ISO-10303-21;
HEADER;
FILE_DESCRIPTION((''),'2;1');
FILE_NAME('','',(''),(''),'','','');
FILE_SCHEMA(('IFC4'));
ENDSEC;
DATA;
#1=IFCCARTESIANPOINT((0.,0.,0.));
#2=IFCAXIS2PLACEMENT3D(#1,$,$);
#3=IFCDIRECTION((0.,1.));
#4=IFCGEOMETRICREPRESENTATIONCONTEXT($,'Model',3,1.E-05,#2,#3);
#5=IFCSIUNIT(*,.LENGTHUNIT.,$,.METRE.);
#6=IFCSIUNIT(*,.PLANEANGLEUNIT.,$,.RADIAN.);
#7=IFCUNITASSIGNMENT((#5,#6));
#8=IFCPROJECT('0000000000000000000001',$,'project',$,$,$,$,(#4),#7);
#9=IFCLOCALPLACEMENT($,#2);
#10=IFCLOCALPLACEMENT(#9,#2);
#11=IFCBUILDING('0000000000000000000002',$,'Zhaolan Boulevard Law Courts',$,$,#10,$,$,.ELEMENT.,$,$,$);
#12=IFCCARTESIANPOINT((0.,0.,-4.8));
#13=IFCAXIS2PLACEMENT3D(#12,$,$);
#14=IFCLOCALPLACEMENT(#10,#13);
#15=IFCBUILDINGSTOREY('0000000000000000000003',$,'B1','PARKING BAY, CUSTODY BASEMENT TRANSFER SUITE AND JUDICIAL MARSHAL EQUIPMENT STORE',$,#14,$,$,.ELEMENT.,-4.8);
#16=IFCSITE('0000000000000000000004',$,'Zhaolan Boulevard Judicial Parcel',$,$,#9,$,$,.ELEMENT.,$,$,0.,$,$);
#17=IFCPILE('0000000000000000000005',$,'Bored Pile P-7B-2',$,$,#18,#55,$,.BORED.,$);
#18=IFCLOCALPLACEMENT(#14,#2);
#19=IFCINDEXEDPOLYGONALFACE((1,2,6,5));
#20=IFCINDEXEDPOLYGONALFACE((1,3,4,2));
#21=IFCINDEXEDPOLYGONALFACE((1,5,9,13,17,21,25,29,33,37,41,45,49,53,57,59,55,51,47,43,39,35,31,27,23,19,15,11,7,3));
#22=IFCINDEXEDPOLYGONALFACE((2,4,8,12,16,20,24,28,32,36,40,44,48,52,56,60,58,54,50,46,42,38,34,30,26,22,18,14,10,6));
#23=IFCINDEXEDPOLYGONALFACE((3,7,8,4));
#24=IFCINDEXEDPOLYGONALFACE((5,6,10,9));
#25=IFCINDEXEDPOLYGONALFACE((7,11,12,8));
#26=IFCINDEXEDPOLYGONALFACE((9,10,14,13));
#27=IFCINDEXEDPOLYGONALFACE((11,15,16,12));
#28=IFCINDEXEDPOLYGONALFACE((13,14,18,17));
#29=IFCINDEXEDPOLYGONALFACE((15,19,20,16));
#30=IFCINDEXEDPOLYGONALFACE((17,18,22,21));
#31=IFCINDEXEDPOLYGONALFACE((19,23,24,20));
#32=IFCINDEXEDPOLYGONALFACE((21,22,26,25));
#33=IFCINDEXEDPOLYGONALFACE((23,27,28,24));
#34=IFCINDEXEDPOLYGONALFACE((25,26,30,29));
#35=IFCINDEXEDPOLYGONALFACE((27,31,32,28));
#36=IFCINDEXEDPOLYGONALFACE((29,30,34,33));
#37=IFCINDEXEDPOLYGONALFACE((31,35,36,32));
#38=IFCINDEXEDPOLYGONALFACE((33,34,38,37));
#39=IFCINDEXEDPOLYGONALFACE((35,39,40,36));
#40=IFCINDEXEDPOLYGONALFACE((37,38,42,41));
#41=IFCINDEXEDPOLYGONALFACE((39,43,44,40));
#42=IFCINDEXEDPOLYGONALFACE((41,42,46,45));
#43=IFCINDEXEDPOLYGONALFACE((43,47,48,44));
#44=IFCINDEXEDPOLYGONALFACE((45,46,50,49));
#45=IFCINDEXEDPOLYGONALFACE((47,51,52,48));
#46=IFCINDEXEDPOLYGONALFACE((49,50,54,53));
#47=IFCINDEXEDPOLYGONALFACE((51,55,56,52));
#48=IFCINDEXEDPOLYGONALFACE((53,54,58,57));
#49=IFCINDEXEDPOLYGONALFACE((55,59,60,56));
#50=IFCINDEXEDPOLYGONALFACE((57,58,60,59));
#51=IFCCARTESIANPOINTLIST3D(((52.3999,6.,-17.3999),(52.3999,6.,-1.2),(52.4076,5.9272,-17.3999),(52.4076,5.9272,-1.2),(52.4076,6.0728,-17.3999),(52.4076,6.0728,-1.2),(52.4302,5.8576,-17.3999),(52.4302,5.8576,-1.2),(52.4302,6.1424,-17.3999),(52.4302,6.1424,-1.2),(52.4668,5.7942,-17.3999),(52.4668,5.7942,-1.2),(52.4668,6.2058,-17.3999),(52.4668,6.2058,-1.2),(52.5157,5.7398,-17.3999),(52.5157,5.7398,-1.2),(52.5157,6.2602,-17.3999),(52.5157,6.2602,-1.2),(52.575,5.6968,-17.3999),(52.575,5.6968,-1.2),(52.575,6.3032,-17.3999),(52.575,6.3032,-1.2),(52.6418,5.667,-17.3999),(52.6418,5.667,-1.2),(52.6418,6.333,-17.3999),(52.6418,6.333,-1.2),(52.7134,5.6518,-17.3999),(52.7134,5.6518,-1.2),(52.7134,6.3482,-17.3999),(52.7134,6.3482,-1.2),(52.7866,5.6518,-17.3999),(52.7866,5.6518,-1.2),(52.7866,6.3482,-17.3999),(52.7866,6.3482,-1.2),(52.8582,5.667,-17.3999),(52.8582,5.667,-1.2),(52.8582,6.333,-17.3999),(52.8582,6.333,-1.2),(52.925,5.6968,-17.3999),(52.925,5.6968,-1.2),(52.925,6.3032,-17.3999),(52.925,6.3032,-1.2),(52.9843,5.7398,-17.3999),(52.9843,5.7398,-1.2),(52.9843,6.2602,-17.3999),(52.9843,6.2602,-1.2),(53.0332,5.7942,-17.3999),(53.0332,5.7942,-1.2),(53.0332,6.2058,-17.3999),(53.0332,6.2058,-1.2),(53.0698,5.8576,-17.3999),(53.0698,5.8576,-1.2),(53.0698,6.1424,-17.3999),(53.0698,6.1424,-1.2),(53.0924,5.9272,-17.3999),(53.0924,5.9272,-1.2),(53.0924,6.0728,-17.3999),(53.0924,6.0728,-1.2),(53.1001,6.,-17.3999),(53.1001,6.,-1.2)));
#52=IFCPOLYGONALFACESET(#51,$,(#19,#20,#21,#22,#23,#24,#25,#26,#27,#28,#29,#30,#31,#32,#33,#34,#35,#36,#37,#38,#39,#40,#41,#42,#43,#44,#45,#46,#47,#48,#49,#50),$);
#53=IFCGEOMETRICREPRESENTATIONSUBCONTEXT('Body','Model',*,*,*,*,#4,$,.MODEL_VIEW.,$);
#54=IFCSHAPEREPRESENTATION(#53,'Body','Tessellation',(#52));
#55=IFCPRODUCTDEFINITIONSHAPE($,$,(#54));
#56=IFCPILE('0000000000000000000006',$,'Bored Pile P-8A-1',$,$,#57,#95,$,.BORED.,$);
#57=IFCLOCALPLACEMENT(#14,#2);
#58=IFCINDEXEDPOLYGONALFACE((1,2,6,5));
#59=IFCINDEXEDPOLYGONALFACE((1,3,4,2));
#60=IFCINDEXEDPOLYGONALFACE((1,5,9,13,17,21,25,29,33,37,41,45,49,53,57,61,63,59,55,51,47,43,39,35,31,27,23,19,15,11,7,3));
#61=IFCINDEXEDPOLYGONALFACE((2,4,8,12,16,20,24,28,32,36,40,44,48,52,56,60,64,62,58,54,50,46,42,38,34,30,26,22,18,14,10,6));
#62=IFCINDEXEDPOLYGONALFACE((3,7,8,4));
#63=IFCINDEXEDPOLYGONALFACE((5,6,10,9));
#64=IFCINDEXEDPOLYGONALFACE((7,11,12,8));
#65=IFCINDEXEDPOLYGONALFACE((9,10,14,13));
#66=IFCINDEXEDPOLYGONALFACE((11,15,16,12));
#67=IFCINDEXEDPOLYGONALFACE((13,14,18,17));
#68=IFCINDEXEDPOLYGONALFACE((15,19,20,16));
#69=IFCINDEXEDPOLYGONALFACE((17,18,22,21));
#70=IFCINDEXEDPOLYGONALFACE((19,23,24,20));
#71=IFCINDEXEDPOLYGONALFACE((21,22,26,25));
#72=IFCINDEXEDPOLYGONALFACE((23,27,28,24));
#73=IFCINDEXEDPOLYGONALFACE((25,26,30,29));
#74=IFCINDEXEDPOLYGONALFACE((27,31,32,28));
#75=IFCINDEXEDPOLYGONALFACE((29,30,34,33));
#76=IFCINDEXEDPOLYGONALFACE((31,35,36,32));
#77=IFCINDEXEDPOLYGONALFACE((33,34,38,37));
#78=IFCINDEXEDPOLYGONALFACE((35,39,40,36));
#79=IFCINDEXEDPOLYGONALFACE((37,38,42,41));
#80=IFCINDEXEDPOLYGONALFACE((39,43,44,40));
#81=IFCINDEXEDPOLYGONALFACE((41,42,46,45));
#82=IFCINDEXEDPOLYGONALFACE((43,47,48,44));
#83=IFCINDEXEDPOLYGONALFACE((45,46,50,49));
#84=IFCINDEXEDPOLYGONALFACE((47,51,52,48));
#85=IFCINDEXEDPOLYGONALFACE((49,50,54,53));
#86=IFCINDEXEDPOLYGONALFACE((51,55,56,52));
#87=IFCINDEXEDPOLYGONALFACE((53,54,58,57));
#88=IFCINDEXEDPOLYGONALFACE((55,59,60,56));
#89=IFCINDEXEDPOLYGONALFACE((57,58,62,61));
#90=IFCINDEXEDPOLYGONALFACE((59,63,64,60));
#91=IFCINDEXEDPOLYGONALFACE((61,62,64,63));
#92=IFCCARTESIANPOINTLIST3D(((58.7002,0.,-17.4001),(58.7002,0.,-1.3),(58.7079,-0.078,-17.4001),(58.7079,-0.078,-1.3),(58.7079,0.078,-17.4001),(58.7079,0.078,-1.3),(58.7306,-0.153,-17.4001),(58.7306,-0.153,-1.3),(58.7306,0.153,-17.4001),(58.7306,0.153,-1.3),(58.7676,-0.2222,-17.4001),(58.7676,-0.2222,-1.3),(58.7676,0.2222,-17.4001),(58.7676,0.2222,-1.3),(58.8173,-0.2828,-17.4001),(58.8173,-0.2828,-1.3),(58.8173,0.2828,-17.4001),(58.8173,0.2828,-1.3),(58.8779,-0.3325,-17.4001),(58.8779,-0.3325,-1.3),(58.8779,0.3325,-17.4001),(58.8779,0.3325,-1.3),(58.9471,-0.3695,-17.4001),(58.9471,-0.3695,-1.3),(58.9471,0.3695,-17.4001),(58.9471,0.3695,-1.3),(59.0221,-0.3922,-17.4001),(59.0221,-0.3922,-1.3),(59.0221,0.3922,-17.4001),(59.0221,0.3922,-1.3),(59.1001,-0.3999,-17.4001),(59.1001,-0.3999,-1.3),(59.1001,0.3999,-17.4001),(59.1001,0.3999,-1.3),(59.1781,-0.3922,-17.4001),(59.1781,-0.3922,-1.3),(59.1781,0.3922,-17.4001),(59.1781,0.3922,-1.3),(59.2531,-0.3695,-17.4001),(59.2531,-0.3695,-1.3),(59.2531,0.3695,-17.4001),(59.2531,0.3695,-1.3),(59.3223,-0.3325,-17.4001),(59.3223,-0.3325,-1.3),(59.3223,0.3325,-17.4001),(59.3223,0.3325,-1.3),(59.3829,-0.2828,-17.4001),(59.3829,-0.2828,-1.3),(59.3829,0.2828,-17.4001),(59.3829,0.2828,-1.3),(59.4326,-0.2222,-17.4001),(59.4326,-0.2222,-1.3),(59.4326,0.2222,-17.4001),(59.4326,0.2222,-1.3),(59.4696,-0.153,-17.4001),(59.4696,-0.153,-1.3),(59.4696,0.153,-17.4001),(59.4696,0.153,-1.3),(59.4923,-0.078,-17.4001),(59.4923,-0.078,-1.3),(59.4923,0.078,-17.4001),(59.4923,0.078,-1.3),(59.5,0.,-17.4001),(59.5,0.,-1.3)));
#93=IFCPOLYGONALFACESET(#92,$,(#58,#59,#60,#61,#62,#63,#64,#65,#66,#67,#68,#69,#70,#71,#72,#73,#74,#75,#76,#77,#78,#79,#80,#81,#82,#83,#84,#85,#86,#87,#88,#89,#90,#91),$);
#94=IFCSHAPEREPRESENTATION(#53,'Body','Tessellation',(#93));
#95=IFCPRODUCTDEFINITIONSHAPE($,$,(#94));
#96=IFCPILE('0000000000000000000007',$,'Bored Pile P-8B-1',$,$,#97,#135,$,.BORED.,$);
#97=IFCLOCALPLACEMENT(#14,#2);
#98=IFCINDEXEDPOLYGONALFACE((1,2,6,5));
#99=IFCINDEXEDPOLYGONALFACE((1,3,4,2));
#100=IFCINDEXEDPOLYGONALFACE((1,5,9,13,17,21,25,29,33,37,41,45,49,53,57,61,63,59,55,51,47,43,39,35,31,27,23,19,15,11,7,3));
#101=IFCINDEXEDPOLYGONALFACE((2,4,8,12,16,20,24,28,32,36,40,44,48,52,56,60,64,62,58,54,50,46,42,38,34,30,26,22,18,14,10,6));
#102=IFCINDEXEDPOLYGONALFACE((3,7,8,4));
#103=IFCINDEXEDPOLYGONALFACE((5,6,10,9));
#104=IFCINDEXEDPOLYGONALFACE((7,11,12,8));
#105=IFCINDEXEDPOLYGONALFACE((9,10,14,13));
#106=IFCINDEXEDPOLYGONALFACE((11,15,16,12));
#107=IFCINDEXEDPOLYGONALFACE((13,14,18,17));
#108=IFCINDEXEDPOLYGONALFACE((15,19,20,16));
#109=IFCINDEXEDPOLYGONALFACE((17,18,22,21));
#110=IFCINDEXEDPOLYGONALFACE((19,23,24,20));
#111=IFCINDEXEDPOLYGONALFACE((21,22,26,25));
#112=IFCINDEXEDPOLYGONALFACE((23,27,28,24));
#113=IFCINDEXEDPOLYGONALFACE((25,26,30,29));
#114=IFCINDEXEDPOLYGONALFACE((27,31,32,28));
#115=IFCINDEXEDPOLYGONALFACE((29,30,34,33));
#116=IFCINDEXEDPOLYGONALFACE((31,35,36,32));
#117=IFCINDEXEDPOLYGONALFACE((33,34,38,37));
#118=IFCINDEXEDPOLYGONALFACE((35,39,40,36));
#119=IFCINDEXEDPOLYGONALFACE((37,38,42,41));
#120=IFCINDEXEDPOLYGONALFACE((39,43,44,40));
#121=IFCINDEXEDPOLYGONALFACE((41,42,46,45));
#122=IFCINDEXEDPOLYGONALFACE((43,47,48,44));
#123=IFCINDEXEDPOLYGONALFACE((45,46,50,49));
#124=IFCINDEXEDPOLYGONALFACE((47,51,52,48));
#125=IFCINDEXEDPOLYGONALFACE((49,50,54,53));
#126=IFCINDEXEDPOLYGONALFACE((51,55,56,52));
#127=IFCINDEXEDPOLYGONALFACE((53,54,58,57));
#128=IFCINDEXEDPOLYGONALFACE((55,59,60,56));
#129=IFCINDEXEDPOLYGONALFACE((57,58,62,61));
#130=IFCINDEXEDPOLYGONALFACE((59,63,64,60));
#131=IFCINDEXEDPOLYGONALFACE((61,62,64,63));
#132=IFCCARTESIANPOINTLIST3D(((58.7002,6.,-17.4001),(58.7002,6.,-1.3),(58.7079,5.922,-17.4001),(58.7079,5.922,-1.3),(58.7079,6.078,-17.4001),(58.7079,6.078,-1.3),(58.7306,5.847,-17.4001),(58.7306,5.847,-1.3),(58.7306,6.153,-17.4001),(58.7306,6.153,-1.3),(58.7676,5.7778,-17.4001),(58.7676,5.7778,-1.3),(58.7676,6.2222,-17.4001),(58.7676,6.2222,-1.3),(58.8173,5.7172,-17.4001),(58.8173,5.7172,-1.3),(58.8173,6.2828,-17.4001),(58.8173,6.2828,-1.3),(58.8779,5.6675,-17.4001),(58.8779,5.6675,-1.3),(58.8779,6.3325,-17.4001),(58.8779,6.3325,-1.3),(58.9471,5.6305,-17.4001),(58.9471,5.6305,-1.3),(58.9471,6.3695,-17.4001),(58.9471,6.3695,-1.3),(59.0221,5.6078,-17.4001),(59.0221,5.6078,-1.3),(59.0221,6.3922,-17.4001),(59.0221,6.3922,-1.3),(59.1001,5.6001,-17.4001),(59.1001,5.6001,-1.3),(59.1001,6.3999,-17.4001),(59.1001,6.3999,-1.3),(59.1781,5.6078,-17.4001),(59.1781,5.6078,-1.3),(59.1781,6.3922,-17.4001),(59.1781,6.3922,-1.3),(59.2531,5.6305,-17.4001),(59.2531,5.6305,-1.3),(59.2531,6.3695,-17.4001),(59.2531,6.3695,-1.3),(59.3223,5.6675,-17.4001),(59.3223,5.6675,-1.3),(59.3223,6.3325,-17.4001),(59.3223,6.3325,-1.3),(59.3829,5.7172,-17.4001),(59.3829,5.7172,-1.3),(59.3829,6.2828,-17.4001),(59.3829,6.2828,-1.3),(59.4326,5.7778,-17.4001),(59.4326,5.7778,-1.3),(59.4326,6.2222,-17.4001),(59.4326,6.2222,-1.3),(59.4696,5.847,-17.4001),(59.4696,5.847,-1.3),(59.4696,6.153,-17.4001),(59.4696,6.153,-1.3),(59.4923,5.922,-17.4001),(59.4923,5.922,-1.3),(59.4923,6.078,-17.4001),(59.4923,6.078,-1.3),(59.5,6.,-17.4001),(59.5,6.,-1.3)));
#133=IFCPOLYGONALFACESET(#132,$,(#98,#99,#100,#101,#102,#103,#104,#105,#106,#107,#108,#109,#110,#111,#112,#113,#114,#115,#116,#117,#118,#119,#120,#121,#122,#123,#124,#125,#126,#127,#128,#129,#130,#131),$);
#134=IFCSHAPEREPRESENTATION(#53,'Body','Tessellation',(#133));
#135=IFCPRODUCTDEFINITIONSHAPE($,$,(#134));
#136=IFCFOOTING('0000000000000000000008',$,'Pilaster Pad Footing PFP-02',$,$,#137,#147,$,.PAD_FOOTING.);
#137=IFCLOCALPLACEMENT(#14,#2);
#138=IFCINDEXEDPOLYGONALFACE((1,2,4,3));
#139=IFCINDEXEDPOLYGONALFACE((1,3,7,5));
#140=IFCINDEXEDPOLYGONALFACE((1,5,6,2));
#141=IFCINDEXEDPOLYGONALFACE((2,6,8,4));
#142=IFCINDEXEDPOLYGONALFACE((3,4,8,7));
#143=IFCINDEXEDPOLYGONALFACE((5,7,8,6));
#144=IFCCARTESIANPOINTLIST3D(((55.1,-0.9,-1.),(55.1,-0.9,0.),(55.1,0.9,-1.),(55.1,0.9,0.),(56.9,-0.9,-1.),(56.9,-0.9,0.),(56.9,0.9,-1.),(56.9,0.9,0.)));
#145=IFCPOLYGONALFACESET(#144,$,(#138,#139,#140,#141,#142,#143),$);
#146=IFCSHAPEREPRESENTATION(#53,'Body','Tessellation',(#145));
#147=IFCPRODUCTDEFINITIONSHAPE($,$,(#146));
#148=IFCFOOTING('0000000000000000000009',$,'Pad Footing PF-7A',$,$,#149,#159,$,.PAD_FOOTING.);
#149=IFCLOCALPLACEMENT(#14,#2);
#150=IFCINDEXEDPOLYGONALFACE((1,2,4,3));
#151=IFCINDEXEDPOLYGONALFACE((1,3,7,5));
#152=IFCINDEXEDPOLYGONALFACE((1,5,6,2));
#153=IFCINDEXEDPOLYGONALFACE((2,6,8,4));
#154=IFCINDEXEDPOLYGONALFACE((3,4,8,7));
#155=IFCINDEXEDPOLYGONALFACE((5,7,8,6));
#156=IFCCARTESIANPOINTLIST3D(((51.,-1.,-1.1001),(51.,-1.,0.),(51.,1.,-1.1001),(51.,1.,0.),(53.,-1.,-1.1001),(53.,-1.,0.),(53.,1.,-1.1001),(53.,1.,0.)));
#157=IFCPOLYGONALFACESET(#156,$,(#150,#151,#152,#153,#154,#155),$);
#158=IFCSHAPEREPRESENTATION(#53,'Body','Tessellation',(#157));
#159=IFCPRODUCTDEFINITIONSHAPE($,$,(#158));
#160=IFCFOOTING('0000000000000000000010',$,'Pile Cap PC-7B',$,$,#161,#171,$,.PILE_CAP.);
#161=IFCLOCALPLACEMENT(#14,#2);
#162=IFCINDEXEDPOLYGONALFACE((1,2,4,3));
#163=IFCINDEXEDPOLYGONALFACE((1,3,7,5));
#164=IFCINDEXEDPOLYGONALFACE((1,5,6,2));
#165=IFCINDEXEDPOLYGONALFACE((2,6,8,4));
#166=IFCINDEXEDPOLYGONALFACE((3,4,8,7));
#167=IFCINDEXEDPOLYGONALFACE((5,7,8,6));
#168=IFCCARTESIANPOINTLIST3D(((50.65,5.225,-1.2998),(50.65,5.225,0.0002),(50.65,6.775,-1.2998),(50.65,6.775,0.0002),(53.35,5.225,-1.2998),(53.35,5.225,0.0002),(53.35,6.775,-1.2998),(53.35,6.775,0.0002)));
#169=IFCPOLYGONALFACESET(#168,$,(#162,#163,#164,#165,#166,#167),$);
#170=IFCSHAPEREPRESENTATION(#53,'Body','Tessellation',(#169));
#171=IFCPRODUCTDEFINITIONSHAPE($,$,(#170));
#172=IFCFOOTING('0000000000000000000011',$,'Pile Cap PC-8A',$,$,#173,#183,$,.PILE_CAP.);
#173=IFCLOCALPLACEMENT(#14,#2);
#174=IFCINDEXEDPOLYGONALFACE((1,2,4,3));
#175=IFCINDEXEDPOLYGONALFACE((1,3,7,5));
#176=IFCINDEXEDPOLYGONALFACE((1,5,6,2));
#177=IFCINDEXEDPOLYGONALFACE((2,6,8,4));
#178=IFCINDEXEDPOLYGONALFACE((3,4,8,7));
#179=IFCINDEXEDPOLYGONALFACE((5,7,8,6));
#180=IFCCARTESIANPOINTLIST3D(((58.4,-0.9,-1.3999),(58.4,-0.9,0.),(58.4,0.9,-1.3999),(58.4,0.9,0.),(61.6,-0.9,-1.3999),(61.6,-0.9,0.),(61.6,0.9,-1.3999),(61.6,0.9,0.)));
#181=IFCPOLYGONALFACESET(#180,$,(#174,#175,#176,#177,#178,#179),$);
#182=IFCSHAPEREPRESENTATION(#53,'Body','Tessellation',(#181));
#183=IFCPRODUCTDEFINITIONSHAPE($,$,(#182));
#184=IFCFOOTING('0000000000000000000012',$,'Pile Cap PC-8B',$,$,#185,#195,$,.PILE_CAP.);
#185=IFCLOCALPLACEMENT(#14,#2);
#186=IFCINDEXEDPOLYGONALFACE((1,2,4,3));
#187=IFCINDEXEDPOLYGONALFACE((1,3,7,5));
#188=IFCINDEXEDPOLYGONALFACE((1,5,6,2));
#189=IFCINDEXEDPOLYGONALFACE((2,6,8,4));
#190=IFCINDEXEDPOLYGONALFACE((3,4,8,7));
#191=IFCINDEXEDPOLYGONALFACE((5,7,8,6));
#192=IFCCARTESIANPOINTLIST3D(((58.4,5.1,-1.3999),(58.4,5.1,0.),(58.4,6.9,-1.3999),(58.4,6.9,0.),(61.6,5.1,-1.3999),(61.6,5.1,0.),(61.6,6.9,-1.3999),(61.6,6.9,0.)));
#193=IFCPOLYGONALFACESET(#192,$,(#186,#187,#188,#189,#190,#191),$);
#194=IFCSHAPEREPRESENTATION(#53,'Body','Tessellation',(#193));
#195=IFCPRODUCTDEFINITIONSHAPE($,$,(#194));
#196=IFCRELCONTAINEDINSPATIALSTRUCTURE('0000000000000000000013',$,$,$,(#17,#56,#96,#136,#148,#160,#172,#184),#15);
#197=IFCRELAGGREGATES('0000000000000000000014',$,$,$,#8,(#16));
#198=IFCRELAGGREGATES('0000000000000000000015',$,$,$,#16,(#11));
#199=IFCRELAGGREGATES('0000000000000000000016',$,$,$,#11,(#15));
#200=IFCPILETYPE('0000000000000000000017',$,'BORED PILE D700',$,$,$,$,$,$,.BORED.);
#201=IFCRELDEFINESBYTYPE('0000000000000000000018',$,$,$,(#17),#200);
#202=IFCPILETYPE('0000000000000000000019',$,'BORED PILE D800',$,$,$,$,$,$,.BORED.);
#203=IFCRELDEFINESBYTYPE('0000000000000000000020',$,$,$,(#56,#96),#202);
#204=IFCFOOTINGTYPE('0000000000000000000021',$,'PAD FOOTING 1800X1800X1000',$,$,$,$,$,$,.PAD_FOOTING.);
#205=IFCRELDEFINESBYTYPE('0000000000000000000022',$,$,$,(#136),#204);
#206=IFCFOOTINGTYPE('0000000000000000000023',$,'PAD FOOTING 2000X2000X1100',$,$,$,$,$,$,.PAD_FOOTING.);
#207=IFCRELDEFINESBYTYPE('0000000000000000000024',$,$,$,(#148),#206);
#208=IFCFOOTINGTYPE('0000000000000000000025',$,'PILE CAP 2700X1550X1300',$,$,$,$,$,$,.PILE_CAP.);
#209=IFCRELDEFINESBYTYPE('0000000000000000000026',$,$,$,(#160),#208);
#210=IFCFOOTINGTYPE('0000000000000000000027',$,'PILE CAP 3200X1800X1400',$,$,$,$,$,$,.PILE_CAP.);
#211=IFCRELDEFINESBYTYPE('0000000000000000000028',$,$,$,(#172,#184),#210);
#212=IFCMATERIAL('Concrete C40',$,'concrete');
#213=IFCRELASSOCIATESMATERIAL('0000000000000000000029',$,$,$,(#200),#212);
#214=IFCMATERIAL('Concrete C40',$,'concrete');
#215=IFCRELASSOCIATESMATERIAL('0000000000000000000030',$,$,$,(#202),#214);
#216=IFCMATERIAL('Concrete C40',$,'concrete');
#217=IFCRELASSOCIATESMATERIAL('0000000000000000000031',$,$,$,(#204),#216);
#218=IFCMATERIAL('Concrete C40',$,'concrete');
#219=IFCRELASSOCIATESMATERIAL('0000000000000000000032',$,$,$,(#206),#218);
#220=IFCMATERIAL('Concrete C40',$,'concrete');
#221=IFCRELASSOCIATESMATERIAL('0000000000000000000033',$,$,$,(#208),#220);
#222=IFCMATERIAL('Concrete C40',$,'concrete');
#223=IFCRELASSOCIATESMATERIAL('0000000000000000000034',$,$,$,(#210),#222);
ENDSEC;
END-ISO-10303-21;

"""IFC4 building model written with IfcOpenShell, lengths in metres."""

from ifc_helpers import new_model, si_unit, direction, frame, origin, origin_2d, place, context, subcontext, project, spatial, rectangle, circle, extrude, material, material_profile, profile_set, type_object, element, save


model = new_model("IFC4")

# Units and contexts
model_context = context("Model", 3, precision=1e-05, world=origin(), true_north=direction((0.0, 1.0)))
body_context = subcontext(model_context, "Body", "Model", "MODEL_VIEW")
ifc_project = project(units=[si_unit("LENGTHUNIT", "METRE"), si_unit("PLANEANGLEUNIT", "RADIAN")], contexts=[model_context])

# Site, building, storey
site_placement = place(None, origin())
site = spatial("IfcSite", under=ifc_project, at=site_placement, Name="Zhaolan Boulevard Judicial Parcel", CompositionType="ELEMENT", RefElevation=0.0)
building_placement = place(site_placement, origin())
building = spatial("IfcBuilding", under=site, at=building_placement, Name="Zhaolan Boulevard Law Courts", CompositionType="ELEMENT")
storey_placement = place(building_placement, frame((0.0, 0.0, -4.8)))
storey = spatial("IfcBuildingStorey", under=building, at=storey_placement, Name="B1", Description="PARKING BAY, CUSTODY BASEMENT TRANSFER SUITE AND JUDICIAL MARSHAL EQUIPMENT STORE", CompositionType="ELEMENT", Elevation=-4.8)

# Piles
ifc_material_1 = material(Name="Concrete C40", Category="concrete")
ifc_material_profile_1 = material_profile(ifc_material_1, circle(Radius=0.3501, at=origin_2d()), Name="PILE-D700")
ifc_profile_set_1 = profile_set([ifc_material_profile_1], Name="Concrete C40")
pile_type_1 = type_object("IfcPileType", Name="BORED PILE D700", PredefinedType="BORED", material=ifc_profile_set_1)
pile_placement = place(storey_placement, frame((52.75, 6.0, -1.2), z_axis=(0.0, 0.0, -1.0), x_axis=(1.0, 0.0, 0.0)))
element("IfcPile", 1, at=pile_placement, inside=storey, type_object=pile_type_1, Name="Bored Pile P-7B-2", PredefinedType="BORED", context=body_context, shape_type="SweptSolid", body=[
    extrude(circle(Radius=0.3501, at=origin_2d()), origin(), (0.0, 0.0, 1.0), 16.2),
])
ifc_material_2 = material(Name="Concrete C40", Category="concrete")
ifc_material_profile_2 = material_profile(ifc_material_2, circle(Radius=0.3999, at=origin_2d()), Name="PILE-D800")
ifc_profile_set_2 = profile_set([ifc_material_profile_2], Name="Concrete C40")
pile_type_2 = type_object("IfcPileType", Name="BORED PILE D800", PredefinedType="BORED", material=ifc_profile_set_2)
for number, where, z_axis, x_axis, name in (
    (2, (59.1001, 0.0, -1.3), (0.0, 0.0, -1.0), (1.0, 0.0, 0.0), "Bored Pile P-8A-1"),
    (3, (59.1001, 6.0, -1.3), (0.0, 0.0, -1.0), (1.0, 0.0, 0.0), "Bored Pile P-8B-1"),
):
    element("IfcPile", number, at=place(storey_placement, frame(where, z_axis=z_axis, x_axis=x_axis)), inside=storey, type_object=pile_type_2, Name=name, PredefinedType="BORED", context=body_context, shape_type="SweptSolid", body=[
        extrude(circle(Radius=0.3999, at=origin_2d()), origin(), (0.0, 0.0, 1.0), 16.1001),
    ])

# Footings
ifc_material_3 = material(Name="Concrete C40", Category="concrete")
footing_type_1 = type_object("IfcFootingType", Name="PAD FOOTING 1800X1800X1000", PredefinedType="PAD_FOOTING", material=ifc_material_3)
footing_1_placement = place(storey_placement, frame((56.0, 0.0, -1.0), z_axis=(0.0, 0.0, 1.0), x_axis=(1.0, 0.0, 0.0)))
element("IfcFooting", 4, at=footing_1_placement, inside=storey, type_object=footing_type_1, Name="Pilaster Pad Footing PFP-02", PredefinedType="PAD_FOOTING", context=body_context, shape_type="SweptSolid", body=[
    extrude(rectangle(XDim=1.8, YDim=1.8, at=origin_2d()), origin(), (0.0, 0.0, 1.0), 1.0),
])
ifc_material_4 = material(Name="Concrete C40", Category="concrete")
footing_type_2 = type_object("IfcFootingType", Name="PAD FOOTING 2000X2000X1100", PredefinedType="PAD_FOOTING", material=ifc_material_4)
footing_2_placement = place(storey_placement, frame((52.0, 0.0, -1.1001), z_axis=(0.0, 0.0, 1.0), x_axis=(1.0, 0.0, 0.0)))
element("IfcFooting", 5, at=footing_2_placement, inside=storey, type_object=footing_type_2, Name="Pad Footing PF-7A", PredefinedType="PAD_FOOTING", context=body_context, shape_type="SweptSolid", body=[
    extrude(rectangle(XDim=2.0, YDim=2.0, at=origin_2d()), origin(), (0.0, 0.0, 1.0), 1.1001),
])
ifc_material_5 = material(Name="Concrete C40", Category="concrete")
footing_type_3 = type_object("IfcFootingType", Name="PILE CAP 2700X1550X1300", PredefinedType="PILE_CAP", material=ifc_material_5)
footing_3_placement = place(storey_placement, frame((52.0, 6.0, -1.2998), z_axis=(0.0, 0.0, 1.0), x_axis=(1.0, 0.0, 0.0)))
element("IfcFooting", 6, at=footing_3_placement, inside=storey, type_object=footing_type_3, Name="Pile Cap PC-7B", PredefinedType="PILE_CAP", context=body_context, shape_type="SweptSolid", body=[
    extrude(rectangle(XDim=2.7, YDim=1.55, at=origin_2d()), origin(), (0.0, 0.0, 1.0), 1.3),
])
ifc_material_6 = material(Name="Concrete C40", Category="concrete")
footing_type_4 = type_object("IfcFootingType", Name="PILE CAP 3200X1800X1400", PredefinedType="PILE_CAP", material=ifc_material_6)
for number, where, z_axis, x_axis, name in (
    (7, (60.0, 0.0, -1.3999), (0.0, 0.0, 1.0), (1.0, 0.0, 0.0), "Pile Cap PC-8A"),
    (8, (60.0, 6.0, -1.3999), (0.0, 0.0, 1.0), (1.0, 0.0, 0.0), "Pile Cap PC-8B"),
):
    element("IfcFooting", number, at=place(storey_placement, frame(where, z_axis=z_axis, x_axis=x_axis)), inside=storey, type_object=footing_type_4, Name=name, PredefinedType="PILE_CAP", context=body_context, shape_type="SweptSolid", body=[
        extrude(rectangle(XDim=3.2, YDim=1.8, at=origin_2d()), origin(), (0.0, 0.0, 1.0), 1.3999),
    ])

save(model, "model.ifc")
